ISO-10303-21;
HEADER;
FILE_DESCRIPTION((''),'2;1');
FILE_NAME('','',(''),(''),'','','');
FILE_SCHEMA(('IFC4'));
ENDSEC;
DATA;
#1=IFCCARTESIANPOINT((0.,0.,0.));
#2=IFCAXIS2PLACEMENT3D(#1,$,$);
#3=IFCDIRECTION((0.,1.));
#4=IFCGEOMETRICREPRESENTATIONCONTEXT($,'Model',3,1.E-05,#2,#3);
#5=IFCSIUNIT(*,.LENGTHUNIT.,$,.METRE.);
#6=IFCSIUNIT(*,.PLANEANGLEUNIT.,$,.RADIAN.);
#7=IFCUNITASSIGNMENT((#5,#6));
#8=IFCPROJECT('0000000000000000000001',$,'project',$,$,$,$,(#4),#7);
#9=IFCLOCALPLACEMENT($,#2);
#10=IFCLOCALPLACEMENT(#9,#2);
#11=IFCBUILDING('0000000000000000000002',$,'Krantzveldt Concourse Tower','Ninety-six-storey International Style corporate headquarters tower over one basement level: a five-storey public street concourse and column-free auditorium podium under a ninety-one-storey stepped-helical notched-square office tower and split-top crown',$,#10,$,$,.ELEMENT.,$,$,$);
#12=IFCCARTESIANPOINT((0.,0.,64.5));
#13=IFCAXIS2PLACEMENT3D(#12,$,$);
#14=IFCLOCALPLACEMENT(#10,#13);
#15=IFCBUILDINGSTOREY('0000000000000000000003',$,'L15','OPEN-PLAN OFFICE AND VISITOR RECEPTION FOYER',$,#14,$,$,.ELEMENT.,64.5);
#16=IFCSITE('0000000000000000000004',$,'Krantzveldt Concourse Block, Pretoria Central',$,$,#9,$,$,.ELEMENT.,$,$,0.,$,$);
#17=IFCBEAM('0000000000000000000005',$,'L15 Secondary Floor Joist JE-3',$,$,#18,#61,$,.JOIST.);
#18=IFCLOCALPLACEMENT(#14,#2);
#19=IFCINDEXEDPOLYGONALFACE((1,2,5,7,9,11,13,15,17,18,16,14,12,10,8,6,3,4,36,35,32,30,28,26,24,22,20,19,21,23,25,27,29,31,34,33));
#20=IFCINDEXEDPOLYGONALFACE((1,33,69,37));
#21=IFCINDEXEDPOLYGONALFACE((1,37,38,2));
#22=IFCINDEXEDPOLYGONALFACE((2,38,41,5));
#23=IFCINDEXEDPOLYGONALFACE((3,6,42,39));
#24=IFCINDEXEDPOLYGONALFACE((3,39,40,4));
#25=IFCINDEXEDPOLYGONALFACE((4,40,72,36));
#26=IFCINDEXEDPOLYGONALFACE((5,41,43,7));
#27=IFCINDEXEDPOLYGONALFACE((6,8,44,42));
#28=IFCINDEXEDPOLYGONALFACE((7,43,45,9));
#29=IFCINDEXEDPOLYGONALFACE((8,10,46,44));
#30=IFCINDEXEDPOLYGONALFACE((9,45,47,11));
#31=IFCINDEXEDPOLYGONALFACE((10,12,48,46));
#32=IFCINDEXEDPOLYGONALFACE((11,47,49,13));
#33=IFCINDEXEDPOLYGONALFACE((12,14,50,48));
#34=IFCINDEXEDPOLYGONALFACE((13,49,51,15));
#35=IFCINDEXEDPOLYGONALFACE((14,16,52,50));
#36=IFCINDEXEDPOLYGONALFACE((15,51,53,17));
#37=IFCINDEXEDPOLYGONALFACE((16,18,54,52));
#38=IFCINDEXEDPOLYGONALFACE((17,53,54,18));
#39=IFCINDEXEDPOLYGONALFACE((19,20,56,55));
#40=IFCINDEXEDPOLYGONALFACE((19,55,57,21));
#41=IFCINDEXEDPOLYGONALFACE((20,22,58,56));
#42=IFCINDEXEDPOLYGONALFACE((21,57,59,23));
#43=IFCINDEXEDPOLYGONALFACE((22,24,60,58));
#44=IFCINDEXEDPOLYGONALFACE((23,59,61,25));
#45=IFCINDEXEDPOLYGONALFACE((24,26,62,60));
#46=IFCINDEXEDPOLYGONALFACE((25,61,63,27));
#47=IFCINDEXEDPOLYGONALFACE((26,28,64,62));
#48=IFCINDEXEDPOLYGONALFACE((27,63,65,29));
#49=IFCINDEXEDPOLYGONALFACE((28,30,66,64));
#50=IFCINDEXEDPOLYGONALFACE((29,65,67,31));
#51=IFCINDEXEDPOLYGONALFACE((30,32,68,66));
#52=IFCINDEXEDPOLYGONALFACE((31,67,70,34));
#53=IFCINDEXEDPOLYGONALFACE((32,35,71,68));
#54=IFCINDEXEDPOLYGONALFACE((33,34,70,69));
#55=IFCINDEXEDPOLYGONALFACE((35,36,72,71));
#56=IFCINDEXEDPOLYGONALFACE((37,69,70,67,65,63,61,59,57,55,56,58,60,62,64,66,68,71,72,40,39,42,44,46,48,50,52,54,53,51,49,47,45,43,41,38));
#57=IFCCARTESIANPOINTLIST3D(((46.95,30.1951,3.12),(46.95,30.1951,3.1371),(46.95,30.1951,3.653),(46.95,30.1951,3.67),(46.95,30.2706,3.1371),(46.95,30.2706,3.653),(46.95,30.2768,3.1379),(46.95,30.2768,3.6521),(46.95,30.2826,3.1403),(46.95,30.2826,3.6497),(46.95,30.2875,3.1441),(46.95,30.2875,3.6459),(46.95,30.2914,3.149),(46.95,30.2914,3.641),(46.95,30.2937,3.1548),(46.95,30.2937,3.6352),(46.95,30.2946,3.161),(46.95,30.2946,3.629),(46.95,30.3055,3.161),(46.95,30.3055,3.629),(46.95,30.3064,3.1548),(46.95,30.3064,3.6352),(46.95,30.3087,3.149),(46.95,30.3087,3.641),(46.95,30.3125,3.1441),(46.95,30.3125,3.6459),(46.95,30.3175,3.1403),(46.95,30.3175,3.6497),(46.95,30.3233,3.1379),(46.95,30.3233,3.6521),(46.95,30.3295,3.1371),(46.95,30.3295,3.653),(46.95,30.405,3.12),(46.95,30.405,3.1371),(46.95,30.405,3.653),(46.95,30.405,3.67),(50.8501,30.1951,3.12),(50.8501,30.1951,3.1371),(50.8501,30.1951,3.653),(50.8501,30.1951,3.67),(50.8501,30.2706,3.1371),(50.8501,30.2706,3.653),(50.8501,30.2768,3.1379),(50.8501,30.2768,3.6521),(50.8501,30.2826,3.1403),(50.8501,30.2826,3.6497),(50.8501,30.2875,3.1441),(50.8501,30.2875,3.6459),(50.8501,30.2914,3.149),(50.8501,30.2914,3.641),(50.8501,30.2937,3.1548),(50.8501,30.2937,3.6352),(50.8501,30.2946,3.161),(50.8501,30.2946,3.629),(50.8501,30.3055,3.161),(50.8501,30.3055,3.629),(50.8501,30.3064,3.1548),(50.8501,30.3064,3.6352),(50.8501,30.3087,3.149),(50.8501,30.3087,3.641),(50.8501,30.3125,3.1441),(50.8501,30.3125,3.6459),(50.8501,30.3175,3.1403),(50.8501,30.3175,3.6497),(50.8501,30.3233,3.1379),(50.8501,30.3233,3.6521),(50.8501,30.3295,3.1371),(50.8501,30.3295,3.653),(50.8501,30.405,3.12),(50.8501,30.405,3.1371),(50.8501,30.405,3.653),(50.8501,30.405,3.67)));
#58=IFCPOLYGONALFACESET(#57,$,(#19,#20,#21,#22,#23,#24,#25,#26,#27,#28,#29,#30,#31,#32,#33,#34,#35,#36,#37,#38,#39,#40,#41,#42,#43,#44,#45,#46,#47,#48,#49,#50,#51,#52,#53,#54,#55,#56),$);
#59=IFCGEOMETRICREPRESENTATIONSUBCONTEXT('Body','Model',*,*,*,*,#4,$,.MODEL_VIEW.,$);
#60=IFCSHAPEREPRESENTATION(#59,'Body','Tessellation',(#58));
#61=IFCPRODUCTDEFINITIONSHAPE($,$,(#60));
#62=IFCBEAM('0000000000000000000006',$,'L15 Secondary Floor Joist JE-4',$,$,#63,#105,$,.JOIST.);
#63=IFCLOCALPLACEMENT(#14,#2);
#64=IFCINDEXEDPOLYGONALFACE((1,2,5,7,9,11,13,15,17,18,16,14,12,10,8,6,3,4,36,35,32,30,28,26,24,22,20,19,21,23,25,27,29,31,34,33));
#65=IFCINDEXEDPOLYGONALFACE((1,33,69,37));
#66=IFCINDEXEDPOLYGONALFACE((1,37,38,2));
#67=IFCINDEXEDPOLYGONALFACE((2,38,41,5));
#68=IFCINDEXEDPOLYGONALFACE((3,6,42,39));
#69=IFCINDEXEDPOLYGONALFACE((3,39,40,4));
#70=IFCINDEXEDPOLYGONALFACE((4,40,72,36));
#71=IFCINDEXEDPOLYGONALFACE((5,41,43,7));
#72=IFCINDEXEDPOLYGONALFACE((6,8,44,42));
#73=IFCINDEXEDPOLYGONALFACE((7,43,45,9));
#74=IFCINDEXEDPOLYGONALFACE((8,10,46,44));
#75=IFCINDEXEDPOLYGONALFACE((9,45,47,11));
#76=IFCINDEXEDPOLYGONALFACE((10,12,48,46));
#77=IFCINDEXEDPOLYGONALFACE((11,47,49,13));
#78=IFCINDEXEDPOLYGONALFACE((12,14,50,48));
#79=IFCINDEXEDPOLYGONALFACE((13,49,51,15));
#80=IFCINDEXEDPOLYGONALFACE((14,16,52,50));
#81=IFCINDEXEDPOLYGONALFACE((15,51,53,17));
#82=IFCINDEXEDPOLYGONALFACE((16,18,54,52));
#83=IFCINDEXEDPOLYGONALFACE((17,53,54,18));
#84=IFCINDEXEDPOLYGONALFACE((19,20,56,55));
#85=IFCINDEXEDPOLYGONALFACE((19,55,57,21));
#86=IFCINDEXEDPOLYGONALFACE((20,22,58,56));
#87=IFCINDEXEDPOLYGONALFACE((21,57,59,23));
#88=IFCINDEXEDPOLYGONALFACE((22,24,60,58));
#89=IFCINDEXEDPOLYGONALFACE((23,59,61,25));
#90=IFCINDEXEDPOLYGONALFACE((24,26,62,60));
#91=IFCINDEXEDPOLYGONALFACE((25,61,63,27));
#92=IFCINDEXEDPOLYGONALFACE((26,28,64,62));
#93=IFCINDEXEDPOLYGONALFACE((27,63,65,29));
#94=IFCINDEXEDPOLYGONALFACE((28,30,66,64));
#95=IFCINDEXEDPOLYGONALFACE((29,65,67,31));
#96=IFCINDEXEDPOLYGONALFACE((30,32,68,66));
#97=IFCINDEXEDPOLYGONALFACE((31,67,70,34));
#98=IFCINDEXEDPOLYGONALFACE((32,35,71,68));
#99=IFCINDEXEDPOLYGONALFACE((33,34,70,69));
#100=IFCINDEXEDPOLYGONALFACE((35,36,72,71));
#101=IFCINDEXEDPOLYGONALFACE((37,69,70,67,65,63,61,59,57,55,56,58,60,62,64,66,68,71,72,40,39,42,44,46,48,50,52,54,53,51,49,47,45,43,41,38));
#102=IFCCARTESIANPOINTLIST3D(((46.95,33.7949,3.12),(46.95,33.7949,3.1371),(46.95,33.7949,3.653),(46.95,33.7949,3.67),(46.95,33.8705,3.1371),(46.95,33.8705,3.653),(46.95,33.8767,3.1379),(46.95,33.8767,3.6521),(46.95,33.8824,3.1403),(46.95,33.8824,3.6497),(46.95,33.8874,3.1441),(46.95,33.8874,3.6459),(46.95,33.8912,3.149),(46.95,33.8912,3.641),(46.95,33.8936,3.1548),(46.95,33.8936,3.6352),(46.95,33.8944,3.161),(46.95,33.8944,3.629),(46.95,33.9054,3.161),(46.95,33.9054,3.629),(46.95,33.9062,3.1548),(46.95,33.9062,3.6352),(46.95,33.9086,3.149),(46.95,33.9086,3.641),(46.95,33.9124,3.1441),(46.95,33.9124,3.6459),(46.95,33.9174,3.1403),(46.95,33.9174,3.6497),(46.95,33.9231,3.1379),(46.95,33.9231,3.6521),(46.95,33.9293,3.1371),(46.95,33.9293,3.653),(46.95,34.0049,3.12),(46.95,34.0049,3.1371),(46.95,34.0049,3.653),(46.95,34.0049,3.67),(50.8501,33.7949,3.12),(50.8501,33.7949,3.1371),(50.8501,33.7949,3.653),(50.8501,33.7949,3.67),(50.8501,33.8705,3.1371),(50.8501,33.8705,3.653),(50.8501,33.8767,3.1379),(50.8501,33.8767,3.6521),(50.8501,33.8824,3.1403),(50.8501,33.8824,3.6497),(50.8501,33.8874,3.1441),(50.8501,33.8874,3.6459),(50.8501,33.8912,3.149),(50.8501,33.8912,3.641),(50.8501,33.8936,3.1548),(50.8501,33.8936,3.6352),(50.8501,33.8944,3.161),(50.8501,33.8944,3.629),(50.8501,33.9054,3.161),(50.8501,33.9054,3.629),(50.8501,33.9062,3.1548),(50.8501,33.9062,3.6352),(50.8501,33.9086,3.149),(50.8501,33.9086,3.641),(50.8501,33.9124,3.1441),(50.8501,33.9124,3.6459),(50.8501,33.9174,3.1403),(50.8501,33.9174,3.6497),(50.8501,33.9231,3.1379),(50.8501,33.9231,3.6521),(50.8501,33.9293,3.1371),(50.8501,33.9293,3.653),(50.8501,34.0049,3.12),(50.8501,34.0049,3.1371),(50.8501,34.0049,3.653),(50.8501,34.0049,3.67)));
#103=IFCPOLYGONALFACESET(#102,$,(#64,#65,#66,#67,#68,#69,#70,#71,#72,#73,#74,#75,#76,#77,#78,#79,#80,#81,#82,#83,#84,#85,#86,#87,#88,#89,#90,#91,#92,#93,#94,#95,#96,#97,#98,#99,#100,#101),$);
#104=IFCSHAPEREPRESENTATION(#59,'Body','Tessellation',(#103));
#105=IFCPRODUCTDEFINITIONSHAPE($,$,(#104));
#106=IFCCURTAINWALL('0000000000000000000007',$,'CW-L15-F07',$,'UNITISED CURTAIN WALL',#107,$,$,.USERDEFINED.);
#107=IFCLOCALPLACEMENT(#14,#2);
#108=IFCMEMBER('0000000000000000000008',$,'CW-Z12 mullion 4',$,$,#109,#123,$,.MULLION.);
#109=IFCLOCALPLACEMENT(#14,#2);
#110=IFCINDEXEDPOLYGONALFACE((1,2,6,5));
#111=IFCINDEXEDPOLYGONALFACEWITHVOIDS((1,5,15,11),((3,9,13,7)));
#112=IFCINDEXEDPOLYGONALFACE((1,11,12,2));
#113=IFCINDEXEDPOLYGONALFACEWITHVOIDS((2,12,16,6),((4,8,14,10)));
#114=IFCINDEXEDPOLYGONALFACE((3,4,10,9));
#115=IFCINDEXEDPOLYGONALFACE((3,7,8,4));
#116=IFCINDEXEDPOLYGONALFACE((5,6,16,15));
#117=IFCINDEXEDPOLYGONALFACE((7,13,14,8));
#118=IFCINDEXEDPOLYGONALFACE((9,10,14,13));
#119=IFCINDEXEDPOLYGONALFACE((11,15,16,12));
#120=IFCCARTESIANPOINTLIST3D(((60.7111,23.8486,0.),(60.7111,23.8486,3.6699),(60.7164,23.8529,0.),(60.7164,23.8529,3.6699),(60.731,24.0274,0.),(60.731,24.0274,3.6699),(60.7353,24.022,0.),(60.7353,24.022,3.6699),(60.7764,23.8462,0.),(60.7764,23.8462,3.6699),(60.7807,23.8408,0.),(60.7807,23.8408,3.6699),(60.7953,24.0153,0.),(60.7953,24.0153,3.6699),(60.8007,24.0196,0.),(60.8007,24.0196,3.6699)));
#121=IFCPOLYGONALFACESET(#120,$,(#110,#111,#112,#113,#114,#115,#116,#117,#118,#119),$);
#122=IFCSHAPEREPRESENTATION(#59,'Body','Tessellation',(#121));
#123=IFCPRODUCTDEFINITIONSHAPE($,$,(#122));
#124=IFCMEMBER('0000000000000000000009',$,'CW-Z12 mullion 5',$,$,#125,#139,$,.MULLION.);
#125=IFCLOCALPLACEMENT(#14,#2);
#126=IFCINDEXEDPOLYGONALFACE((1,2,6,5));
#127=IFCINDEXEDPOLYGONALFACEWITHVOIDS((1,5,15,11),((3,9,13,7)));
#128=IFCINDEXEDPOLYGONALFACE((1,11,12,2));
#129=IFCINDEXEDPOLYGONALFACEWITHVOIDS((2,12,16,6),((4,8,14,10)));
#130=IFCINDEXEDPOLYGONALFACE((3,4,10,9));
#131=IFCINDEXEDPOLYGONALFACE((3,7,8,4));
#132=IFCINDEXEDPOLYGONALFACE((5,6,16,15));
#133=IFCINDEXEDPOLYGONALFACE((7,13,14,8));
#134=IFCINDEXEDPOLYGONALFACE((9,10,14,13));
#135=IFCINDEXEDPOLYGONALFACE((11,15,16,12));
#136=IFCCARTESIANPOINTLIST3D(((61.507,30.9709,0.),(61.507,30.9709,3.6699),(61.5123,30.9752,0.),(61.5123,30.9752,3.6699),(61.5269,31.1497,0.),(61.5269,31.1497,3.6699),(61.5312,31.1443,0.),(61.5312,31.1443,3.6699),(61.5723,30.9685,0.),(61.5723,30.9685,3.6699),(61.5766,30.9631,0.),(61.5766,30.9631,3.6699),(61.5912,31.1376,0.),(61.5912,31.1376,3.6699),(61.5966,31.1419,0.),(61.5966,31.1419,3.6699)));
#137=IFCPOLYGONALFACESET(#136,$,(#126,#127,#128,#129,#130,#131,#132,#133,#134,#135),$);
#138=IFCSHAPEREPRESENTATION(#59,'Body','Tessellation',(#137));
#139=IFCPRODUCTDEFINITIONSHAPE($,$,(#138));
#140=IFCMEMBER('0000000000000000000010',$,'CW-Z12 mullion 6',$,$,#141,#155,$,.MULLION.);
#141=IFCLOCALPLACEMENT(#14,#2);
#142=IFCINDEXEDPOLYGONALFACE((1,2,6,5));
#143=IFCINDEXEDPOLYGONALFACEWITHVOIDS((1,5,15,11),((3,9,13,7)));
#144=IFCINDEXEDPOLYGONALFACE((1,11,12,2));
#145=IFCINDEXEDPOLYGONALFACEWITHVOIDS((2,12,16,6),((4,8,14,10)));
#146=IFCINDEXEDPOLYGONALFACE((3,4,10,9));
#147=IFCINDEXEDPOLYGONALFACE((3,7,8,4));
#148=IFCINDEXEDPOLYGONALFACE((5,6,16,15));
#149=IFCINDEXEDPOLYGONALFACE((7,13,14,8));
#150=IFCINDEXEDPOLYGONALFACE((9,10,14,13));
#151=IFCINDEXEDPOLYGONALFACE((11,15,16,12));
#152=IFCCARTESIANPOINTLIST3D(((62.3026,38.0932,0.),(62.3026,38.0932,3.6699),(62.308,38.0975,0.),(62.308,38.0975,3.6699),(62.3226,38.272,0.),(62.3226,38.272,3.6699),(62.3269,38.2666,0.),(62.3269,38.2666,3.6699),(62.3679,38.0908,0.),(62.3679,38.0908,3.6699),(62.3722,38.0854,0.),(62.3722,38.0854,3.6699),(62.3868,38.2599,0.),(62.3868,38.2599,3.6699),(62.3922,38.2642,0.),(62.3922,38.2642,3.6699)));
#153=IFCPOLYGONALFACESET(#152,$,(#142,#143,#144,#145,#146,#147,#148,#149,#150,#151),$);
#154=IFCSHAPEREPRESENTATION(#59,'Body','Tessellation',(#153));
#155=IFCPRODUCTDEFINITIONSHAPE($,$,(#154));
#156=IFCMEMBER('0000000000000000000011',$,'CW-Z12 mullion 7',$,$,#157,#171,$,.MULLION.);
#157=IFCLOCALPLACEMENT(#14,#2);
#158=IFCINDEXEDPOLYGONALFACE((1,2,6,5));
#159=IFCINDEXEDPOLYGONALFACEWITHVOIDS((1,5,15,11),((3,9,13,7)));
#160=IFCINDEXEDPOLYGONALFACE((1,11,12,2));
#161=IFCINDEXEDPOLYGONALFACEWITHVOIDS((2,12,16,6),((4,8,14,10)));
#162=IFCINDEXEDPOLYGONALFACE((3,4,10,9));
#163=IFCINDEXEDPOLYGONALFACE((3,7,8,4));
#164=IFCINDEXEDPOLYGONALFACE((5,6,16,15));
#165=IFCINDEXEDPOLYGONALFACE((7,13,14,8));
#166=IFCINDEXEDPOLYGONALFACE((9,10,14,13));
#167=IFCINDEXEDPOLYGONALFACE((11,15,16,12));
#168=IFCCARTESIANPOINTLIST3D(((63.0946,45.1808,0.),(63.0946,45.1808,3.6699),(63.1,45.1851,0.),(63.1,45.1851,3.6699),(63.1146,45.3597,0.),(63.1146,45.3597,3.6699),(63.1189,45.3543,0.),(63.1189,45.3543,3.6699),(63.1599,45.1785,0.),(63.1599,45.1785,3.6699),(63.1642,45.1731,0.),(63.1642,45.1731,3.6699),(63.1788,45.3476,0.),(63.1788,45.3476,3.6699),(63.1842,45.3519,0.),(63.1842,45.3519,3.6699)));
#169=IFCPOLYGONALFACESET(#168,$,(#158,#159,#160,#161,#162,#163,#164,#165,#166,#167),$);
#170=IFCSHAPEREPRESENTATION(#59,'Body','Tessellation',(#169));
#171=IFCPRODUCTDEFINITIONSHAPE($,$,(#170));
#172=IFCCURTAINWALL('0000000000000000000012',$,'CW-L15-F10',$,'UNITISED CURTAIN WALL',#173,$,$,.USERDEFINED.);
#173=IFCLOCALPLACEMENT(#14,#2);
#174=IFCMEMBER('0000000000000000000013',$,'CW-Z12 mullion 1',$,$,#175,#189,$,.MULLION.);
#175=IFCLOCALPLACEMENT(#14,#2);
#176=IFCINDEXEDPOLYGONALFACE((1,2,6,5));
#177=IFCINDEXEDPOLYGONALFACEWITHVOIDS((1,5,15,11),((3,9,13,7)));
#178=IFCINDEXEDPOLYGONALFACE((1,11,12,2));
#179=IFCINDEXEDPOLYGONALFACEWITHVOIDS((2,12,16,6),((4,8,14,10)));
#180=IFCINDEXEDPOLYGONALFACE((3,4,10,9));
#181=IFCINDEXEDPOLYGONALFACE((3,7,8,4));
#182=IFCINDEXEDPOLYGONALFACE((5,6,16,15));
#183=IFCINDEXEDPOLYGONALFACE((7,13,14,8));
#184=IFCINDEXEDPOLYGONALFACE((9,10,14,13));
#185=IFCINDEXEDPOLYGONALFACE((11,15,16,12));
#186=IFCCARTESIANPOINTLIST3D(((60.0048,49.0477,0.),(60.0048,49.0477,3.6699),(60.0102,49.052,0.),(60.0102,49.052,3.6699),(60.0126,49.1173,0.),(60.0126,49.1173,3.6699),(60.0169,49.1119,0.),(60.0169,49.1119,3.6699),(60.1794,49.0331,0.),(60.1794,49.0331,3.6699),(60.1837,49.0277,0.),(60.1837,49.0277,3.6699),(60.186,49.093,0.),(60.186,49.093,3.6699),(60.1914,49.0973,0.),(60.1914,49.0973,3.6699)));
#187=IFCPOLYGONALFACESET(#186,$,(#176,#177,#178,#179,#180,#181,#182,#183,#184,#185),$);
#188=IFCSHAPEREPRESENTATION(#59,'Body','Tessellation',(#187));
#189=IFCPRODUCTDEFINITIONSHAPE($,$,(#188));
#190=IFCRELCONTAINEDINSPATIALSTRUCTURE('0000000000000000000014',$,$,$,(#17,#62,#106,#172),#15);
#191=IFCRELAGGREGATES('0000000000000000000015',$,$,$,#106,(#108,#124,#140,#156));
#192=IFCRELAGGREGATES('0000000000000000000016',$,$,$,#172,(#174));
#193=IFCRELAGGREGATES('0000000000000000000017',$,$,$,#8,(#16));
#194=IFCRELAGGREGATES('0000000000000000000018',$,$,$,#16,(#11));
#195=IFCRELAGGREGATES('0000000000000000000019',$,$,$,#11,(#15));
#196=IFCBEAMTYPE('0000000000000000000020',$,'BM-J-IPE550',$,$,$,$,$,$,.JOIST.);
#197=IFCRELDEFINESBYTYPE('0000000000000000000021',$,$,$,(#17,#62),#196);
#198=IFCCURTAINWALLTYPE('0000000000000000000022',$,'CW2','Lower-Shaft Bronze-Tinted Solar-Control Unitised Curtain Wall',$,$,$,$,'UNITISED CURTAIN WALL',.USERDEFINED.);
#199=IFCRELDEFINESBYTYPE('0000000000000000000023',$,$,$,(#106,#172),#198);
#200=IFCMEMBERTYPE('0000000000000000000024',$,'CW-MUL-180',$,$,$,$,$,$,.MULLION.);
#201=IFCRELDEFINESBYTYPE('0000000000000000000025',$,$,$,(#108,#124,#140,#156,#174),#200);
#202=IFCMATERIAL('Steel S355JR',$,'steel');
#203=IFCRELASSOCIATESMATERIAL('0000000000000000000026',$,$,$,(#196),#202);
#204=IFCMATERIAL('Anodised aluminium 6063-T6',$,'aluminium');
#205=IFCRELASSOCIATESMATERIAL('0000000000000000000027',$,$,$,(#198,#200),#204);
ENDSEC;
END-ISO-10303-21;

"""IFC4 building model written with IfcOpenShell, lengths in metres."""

from ifc_helpers import new_model, si_unit, direction, frame, origin, origin_2d, place, context, subcontext, project, spatial, hollow_rectangle, i_section, extrude, source, transform, mapped, material, material_profile, profile_set, type_object, type_shapes, element, aggregate, save


model = new_model("IFC4")

# Units and contexts
model_context = context("Model", 3, precision=1e-05, world=origin(), true_north=direction((0.0, 1.0)))
body_context = subcontext(model_context, "Body", "Model", "MODEL_VIEW")
ifc_project = project(units=[si_unit("LENGTHUNIT", "METRE"), si_unit("PLANEANGLEUNIT", "RADIAN")], contexts=[model_context])

# Site, building, storey
site_placement = place(None, origin())
site = spatial("IfcSite", under=ifc_project, at=site_placement, Name="Krantzveldt Concourse Block, Pretoria Central", CompositionType="ELEMENT", RefElevation=0.0)
building_placement = place(site_placement, origin())
building = spatial("IfcBuilding", under=site, at=building_placement, Name="Krantzveldt Concourse Tower", Description="Ninety-six-storey International Style corporate headquarters tower over one basement level: a five-storey public street concourse and column-free auditorium podium under a ninety-one-storey stepped-helical notched-square office tower and split-top crown", CompositionType="ELEMENT")
storey_placement = place(building_placement, frame((0.0, 0.0, 64.5)))
storey = spatial("IfcBuildingStorey", under=building, at=storey_placement, Name="L15", Description="OPEN-PLAN OFFICE AND VISITOR RECEPTION FOYER", CompositionType="ELEMENT", Elevation=64.5)

# Beams
ifc_material_1 = material(Name="Steel S355JR", Category="steel")
ifc_material_profile_1 = material_profile(ifc_material_1, i_section(OverallWidth=0.21, OverallDepth=0.55, WebThickness=0.011, FlangeThickness=0.0171, FilletRadius=0.0239, at=origin_2d()), Name="Steel S355JR", Category="steel")
ifc_profile_set_1 = profile_set([ifc_material_profile_1], Name="Steel S355JR - IPE 550")
beam_type_1 = type_object("IfcBeamType", Name="BM-J-IPE550", PredefinedType="JOIST", material=ifc_profile_set_1)
shared_shape_1 = source(origin(), body_context, "Body", "SweptSolid", [
    extrude(i_section(OverallWidth=0.21, OverallDepth=0.55, WebThickness=0.011, FlangeThickness=0.0171, FilletRadius=0.0239, at=origin_2d()), origin(), (0.0, 0.0, 1.0), 3.9001),
])
type_shapes(beam_type_1, [shared_shape_1])
for number, where, z_axis, x_axis, name in (
    (1, (46.95, 30.3, 3.395), (1.0, 0.0, 0.0), (0.0, 1.0, 0.0), "L15 Secondary Floor Joist JE-3"),
    (2, (46.95, 33.8999, 3.395), (1.0, 0.0, 0.0), (0.0, 1.0, 0.0), "L15 Secondary Floor Joist JE-4"),
):
    element("IfcBeam", number, at=place(storey_placement, frame(where, z_axis=z_axis, x_axis=x_axis)), inside=storey, type_object=beam_type_1, Name=name, PredefinedType="JOIST", context=body_context, shape_type="MappedRepresentation", body=[
        mapped(shared_shape_1, transform((0.0, 0.0, 0.0), x_axis=(1.0, 0.0, 0.0), y_axis=(0.0, 1.0, 0.0), z_axis=(0.0, 0.0, 1.0), scale=1.0)),
    ])

# Curtain walls, members
ifc_material_2 = material(Name="Anodised aluminium 6063-T6", Category="aluminium")
curtain_wall_type = type_object("IfcCurtainWallType", Name="CW2", Description="Lower-Shaft Bronze-Tinted Solar-Control Unitised Curtain Wall", ElementType="UNITISED CURTAIN WALL", PredefinedType="USERDEFINED", material=ifc_material_2)
curtain_wall_1_placement = place(storey_placement, origin())
curtain_wall_1 = element("IfcCurtainWall", 3, at=curtain_wall_1_placement, inside=storey, type_object=curtain_wall_type, Name="CW-L15-F07", ObjectType="UNITISED CURTAIN WALL", PredefinedType="USERDEFINED")
ifc_material_profile_2 = material_profile(ifc_material_2, hollow_rectangle(XDim=0.0701, YDim=0.1799, WallThickness=0.0049, at=origin_2d()), Name="Anodised aluminium 6063-T6", Category="aluminium")
ifc_profile_set_2 = profile_set([ifc_material_profile_2], Name="Anodised aluminium 6063-T6 - ALU-MULL 180x70x5")
member_type_1 = type_object("IfcMemberType", Name="CW-MUL-180", PredefinedType="MULLION", material=ifc_profile_set_2)
shared_shape_2 = source(origin(), body_context, "Body", "SweptSolid", [
    extrude(hollow_rectangle(XDim=0.0701, YDim=0.1799, WallThickness=0.0049, at=origin_2d()), origin(), (0.0, 0.0, 1.0), 3.6699),
])
type_shapes(member_type_1, [shared_shape_2])
member_1_placement = place(storey_placement, frame((60.7559, 23.9341, 0.0), z_axis=(0.0, 0.0, 1.0), x_axis=(-0.993816, 0.111035, 0.0)))
member_1 = element("IfcMember", 4, at=member_1_placement, type_object=member_type_1, Name="CW-Z12 mullion 4", PredefinedType="MULLION", context=body_context, shape_type="MappedRepresentation", body=[
    mapped(shared_shape_2, transform((0.0, 0.0, 0.0), x_axis=(1.0, 0.0, 0.0), y_axis=(0.0, 1.0, 0.0), z_axis=(0.0, 0.0, 1.0), scale=1.0)),
])
member_2_placement = place(storey_placement, frame((61.5518, 31.0564, 0.0), z_axis=(0.0, 0.0, 1.0), x_axis=(-0.993816, 0.111035, 0.0)))
member_2 = element("IfcMember", 5, at=member_2_placement, type_object=member_type_1, Name="CW-Z12 mullion 5", PredefinedType="MULLION", context=body_context, shape_type="MappedRepresentation", body=[
    mapped(shared_shape_2, transform((0.0, 0.0, 0.0), x_axis=(1.0, 0.0, 0.0), y_axis=(0.0, 1.0, 0.0), z_axis=(0.0, 0.0, 1.0), scale=1.0)),
])
member_3_placement = place(storey_placement, frame((62.3474, 38.1787, 0.0), z_axis=(0.0, 0.0, 1.0), x_axis=(-0.993816, 0.111035, 0.0)))
member_3 = element("IfcMember", 6, at=member_3_placement, type_object=member_type_1, Name="CW-Z12 mullion 6", PredefinedType="MULLION", context=body_context, shape_type="MappedRepresentation", body=[
    mapped(shared_shape_2, transform((0.0, 0.0, 0.0), x_axis=(1.0, 0.0, 0.0), y_axis=(0.0, 1.0, 0.0), z_axis=(0.0, 0.0, 1.0), scale=1.0)),
])
member_4_placement = place(storey_placement, frame((63.1394, 45.2664, 0.0), z_axis=(0.0, 0.0, 1.0), x_axis=(-0.993816, 0.111035, 0.0)))
member_4 = element("IfcMember", 7, at=member_4_placement, type_object=member_type_1, Name="CW-Z12 mullion 7", PredefinedType="MULLION", context=body_context, shape_type="MappedRepresentation", body=[
    mapped(shared_shape_2, transform((0.0, 0.0, 0.0), x_axis=(1.0, 0.0, 0.0), y_axis=(0.0, 1.0, 0.0), z_axis=(0.0, 0.0, 1.0), scale=1.0)),
])
curtain_wall_2_placement = place(storey_placement, origin())
curtain_wall_2 = element("IfcCurtainWall", 8, at=curtain_wall_2_placement, inside=storey, type_object=curtain_wall_type, Name="CW-L15-F10", ObjectType="UNITISED CURTAIN WALL", PredefinedType="USERDEFINED")
member_5_placement = place(storey_placement, frame((60.0981, 49.0725, 0.0), z_axis=(0.0, 0.0, 1.0), x_axis=(-0.111035, -0.993816, 0.0)))
member_5 = element("IfcMember", 9, at=member_5_placement, type_object=member_type_1, Name="CW-Z12 mullion 1", PredefinedType="MULLION", context=body_context, shape_type="MappedRepresentation", body=[
    mapped(shared_shape_2, transform((0.0, 0.0, 0.0), x_axis=(1.0, 0.0, 0.0), y_axis=(0.0, 1.0, 0.0), z_axis=(0.0, 0.0, 1.0), scale=1.0)),
])

aggregate(curtain_wall_1, [member_1, member_2, member_3, member_4])
aggregate(curtain_wall_2, [member_5])

save(model, "model.ifc")
